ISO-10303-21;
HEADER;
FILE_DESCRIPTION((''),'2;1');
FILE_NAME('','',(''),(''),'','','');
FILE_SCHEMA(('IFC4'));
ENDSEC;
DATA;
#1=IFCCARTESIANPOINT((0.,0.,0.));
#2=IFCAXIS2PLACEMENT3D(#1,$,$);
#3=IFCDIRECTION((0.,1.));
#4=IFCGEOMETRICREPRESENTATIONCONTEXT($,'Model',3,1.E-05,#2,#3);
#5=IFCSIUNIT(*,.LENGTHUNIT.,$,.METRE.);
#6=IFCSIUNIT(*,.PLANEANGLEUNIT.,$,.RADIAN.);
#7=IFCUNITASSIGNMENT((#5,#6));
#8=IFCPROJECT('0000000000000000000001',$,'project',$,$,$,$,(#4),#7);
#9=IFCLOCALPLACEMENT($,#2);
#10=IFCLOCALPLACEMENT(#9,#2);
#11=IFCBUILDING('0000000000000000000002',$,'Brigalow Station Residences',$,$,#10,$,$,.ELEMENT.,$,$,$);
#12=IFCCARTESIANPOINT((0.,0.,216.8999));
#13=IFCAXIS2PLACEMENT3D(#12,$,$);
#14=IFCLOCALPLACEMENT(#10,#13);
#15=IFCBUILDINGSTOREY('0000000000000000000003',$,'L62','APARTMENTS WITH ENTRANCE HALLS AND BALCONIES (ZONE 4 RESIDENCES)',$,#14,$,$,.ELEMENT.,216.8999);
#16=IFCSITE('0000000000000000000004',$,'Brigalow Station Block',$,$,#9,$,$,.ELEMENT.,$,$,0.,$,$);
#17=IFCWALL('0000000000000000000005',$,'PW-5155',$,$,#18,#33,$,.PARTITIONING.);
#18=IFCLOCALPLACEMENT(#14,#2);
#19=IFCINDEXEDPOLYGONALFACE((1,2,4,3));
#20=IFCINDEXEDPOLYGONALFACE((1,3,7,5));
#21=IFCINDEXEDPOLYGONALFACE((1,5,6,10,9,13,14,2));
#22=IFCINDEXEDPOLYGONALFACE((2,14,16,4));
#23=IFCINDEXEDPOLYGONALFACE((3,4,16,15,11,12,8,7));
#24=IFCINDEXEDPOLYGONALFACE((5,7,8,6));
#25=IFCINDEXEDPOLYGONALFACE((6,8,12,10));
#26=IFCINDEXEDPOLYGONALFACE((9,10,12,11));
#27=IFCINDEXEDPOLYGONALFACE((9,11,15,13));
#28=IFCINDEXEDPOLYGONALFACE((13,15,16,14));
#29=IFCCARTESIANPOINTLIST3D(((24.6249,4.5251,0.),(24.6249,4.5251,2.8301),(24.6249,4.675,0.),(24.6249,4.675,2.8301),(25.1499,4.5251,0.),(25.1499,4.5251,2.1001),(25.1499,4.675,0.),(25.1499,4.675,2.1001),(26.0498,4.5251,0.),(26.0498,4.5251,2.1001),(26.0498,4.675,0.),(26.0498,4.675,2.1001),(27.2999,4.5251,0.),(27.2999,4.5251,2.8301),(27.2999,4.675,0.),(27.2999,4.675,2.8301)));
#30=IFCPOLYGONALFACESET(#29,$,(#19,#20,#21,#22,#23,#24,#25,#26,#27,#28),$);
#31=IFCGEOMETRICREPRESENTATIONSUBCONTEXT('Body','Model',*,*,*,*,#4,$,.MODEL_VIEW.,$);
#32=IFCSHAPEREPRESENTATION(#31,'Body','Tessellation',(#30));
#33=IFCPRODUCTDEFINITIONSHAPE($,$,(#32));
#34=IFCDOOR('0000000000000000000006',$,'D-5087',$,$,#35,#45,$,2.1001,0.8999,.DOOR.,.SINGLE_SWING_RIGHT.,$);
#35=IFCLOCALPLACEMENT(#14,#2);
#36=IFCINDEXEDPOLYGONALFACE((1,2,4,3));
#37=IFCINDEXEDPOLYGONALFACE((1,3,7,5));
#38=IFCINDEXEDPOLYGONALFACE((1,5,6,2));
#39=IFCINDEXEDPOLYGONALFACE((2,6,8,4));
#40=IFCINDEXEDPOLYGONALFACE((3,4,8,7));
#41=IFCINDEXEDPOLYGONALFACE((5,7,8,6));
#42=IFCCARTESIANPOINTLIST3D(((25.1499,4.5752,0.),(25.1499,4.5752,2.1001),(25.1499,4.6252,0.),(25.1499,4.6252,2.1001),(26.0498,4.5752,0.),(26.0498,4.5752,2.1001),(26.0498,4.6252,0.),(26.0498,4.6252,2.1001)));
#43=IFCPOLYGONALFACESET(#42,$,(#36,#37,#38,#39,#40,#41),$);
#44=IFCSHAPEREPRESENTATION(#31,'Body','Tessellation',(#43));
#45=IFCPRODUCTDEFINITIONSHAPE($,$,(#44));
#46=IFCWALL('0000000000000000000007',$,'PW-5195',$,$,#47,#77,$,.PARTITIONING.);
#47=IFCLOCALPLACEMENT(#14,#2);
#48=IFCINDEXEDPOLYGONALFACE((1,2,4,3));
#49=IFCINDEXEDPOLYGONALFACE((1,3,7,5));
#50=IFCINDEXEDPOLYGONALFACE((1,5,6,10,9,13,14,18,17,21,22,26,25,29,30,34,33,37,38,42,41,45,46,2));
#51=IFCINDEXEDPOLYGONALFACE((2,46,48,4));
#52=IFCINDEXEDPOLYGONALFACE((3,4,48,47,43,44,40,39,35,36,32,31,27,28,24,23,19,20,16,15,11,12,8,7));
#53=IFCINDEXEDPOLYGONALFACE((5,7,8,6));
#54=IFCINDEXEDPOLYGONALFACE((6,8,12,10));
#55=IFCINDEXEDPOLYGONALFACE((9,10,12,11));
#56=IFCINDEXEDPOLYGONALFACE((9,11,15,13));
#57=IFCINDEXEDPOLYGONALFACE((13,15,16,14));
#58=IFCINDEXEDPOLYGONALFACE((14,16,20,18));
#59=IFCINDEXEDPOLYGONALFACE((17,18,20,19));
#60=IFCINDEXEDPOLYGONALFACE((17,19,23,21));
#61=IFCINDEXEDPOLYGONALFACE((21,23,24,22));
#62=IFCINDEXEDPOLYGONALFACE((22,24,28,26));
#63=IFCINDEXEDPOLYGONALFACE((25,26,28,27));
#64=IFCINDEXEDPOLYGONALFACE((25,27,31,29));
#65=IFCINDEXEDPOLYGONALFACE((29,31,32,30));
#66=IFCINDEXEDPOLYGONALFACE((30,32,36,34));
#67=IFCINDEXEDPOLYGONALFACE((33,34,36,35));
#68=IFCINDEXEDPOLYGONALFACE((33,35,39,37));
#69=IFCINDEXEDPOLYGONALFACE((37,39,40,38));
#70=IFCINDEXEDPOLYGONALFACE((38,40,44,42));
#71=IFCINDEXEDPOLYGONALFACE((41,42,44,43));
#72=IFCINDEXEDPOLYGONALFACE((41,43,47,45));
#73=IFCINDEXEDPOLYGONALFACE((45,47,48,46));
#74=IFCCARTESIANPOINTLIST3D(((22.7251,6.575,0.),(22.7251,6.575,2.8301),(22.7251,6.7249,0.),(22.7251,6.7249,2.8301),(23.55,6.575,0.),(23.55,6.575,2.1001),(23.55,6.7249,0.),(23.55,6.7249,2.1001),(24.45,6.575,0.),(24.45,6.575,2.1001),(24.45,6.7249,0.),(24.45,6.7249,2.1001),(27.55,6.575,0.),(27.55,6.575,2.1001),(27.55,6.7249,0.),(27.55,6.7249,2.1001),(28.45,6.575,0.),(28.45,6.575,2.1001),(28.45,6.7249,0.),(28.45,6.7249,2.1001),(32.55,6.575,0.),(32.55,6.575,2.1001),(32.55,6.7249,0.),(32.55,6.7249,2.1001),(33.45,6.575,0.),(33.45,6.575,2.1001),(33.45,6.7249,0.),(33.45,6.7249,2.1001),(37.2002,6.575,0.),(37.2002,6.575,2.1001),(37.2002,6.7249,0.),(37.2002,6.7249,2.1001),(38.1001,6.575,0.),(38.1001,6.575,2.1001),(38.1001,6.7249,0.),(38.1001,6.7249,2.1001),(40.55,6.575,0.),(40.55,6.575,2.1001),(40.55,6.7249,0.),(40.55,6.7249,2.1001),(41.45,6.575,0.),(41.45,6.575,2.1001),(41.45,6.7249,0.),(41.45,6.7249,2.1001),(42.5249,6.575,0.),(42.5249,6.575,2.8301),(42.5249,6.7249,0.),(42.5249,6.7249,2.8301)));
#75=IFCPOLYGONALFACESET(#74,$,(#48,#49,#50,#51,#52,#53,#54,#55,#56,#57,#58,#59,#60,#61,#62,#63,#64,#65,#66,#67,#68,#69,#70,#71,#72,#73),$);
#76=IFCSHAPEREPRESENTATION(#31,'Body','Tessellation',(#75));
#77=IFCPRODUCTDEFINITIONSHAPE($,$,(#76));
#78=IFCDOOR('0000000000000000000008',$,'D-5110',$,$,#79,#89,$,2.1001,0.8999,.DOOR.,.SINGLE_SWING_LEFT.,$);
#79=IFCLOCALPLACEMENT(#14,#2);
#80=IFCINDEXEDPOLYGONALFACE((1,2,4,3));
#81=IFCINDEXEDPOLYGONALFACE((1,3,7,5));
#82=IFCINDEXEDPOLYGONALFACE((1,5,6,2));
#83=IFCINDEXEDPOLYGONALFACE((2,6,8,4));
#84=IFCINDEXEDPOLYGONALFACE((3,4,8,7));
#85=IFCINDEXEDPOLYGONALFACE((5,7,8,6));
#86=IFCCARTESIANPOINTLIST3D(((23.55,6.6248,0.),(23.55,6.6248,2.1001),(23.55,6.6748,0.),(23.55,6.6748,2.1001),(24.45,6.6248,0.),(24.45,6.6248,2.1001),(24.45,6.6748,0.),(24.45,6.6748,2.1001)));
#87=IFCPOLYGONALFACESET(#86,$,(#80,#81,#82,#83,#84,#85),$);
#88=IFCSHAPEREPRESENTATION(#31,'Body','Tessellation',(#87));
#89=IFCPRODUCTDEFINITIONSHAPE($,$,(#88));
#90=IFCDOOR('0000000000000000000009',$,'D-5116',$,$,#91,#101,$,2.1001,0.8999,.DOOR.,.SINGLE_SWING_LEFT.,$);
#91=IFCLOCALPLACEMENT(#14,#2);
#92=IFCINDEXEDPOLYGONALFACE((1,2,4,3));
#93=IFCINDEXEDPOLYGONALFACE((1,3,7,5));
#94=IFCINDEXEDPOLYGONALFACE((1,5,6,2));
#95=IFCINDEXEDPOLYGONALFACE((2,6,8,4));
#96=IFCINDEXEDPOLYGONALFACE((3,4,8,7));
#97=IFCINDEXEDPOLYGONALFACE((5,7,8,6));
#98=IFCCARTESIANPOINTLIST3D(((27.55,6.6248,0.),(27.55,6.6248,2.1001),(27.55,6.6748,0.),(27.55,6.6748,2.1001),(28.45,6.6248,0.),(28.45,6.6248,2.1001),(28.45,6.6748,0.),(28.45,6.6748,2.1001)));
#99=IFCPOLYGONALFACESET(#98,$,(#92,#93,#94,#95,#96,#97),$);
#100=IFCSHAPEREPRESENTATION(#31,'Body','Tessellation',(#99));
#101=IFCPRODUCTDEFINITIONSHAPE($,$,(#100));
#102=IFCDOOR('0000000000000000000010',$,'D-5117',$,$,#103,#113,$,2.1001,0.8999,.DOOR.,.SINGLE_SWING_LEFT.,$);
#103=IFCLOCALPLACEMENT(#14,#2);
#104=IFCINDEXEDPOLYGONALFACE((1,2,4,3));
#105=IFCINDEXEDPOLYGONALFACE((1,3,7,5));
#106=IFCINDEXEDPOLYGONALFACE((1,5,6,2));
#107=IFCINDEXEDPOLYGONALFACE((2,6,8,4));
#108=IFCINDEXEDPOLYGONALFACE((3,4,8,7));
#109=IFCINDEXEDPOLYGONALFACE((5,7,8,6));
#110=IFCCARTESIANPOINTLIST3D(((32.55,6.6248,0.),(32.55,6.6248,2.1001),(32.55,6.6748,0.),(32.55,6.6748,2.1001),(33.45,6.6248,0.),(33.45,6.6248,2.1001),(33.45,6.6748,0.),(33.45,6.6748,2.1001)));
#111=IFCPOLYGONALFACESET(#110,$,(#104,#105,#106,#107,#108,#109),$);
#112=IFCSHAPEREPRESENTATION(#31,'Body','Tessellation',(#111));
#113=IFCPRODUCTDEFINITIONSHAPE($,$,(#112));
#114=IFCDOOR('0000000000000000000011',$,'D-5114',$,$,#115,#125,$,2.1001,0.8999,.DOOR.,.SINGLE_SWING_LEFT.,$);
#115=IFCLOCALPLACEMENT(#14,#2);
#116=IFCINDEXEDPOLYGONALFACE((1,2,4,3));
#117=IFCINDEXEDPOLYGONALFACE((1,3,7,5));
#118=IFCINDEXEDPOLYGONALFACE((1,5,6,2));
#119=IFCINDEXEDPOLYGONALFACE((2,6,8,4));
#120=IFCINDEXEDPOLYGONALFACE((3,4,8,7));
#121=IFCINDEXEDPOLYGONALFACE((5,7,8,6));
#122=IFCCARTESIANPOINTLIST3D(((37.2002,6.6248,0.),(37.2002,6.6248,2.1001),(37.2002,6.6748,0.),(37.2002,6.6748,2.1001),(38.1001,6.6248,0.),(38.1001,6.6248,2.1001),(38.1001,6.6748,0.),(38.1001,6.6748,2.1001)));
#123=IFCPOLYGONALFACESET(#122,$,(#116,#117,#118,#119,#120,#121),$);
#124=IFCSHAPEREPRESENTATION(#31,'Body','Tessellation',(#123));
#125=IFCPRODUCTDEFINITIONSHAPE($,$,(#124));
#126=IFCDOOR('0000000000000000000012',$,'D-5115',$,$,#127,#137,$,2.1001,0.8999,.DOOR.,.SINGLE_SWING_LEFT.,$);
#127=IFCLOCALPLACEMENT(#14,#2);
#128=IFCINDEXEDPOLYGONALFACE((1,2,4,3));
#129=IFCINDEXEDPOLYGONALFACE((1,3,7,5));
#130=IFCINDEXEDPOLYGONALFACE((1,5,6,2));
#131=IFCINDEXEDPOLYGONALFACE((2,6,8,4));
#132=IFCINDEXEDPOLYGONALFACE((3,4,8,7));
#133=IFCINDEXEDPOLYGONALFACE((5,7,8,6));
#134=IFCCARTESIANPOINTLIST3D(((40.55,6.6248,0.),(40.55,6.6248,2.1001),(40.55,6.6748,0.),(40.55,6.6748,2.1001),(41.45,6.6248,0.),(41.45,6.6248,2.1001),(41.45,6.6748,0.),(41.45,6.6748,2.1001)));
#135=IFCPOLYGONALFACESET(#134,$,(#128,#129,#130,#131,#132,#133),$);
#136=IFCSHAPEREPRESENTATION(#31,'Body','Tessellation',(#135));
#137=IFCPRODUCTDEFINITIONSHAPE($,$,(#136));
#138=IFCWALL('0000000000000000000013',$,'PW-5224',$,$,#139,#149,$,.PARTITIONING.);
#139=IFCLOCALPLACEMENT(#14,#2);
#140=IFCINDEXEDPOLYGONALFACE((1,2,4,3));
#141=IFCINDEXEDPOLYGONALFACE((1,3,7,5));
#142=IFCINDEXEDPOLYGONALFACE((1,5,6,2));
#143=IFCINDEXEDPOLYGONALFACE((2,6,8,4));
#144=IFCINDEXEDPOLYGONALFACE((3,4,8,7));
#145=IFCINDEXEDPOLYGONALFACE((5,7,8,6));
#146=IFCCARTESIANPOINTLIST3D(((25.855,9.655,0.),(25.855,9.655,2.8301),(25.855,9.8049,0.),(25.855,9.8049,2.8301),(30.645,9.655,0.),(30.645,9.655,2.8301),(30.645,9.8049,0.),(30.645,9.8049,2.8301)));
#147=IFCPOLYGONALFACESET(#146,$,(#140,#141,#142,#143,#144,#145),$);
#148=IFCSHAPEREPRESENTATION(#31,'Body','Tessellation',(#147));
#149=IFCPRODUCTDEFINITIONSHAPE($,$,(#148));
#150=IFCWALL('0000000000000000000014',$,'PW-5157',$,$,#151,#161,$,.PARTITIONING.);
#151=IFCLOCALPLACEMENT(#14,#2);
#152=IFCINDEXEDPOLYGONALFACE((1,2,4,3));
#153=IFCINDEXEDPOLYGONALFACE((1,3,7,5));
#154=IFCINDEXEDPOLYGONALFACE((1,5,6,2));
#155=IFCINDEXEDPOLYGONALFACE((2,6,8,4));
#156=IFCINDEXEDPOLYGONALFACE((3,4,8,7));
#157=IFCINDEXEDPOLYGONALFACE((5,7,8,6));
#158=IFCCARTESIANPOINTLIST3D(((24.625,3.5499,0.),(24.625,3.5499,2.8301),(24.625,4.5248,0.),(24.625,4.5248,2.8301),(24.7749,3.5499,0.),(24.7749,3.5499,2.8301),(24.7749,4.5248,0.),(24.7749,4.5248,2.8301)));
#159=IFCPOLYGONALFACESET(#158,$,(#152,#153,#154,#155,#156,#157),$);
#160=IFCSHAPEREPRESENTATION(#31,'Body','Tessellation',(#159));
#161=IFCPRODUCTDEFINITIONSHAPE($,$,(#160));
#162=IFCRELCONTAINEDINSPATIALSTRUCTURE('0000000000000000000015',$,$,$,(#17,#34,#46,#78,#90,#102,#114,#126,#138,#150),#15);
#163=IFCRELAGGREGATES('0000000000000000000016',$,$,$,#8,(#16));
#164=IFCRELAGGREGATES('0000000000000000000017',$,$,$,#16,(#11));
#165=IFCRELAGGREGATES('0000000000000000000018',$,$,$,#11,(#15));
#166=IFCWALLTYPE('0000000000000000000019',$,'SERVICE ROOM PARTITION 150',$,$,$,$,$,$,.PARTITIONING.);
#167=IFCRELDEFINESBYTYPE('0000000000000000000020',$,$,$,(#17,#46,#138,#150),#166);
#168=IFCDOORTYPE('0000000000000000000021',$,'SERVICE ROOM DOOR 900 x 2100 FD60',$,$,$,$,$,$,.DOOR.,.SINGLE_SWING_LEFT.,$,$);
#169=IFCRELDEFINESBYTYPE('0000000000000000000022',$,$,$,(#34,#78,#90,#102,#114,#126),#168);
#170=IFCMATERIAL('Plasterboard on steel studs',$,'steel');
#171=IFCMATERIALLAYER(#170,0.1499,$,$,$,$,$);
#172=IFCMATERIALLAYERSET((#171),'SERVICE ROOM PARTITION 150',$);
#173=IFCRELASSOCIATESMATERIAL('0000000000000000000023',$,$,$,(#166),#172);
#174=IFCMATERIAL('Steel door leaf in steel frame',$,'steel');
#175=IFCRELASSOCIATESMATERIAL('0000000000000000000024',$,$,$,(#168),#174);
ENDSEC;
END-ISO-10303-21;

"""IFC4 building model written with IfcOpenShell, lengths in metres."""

from ifc_helpers import new_model, si_unit, direction, frame, frame_2d, origin, place, context, subcontext, project, spatial, rectangle, extrude, material, layer, layer_set, type_object, element, fill, save


model = new_model("IFC4")

# Units and contexts
model_context = context("Model", 3, precision=1e-05, world=origin(), true_north=direction((0.0, 1.0)))
body_context = subcontext(model_context, "Body", "Model", "MODEL_VIEW")
ifc_project = project(units=[si_unit("LENGTHUNIT", "METRE"), si_unit("PLANEANGLEUNIT", "RADIAN")], contexts=[model_context])

# Site, building, storey
site_placement = place(None, origin())
site = spatial("IfcSite", under=ifc_project, at=site_placement, Name="Brigalow Station Block", CompositionType="ELEMENT", RefElevation=0.0)
building_placement = place(site_placement, origin())
building = spatial("IfcBuilding", under=site, at=building_placement, Name="Brigalow Station Residences", CompositionType="ELEMENT")
storey_placement = place(building_placement, frame((0.0, 0.0, 216.8999)))
storey = spatial("IfcBuildingStorey", under=building, at=storey_placement, Name="L62", Description="APARTMENTS WITH ENTRANCE HALLS AND BALCONIES (ZONE 4 RESIDENCES)", CompositionType="ELEMENT", Elevation=216.8999)

# Wall, opening, door
ifc_material_1 = material(Name="Plasterboard on steel studs", Category="steel")
ifc_layer = layer(ifc_material_1, 0.1499)
ifc_layer_set = layer_set([ifc_layer], Name="SERVICE ROOM PARTITION 150")
wall_type = type_object("IfcWallType", Name="SERVICE ROOM PARTITION 150", PredefinedType="PARTITIONING", material=ifc_layer_set)
wall_1_placement = place(storey_placement, frame((24.625, 4.6001, 0.0), z_axis=(0.0, 0.0, 1.0), x_axis=(1.0, 0.0, 0.0)))
wall_1 = element("IfcWall", 1, at=wall_1_placement, inside=storey, type_object=wall_type, Name="PW-5155", PredefinedType="PARTITIONING", context=body_context, shape_type="SweptSolid", body=[
    extrude(rectangle(XDim=2.675, YDim=0.1499, at=frame_2d((1.3374, 0.0))), origin(), (0.0, 0.0, 1.0), 2.8301),
])
opening_1_placement = place(wall_1_placement, frame((0.5249, 0.0, 0.0)))
opening_1 = element("IfcOpeningElement", 2, at=opening_1_placement, cuts=wall_1, PredefinedType="OPENING", context=body_context, shape_type="SweptSolid", body=[
    extrude(rectangle(XDim=0.8999, YDim=2.1001, at=frame_2d((0.45, 1.05))), frame((0.0, 0.085, 0.0), z_axis=(0.0, -1.0, 0.0), x_axis=(1.0, 0.0, 0.0)), (0.0, 0.0, 1.0), 0.1699),
])
ifc_material_2 = material(Name="Steel door leaf in steel frame", Category="steel")
door_type = type_object("IfcDoorType", Name="SERVICE ROOM DOOR 900 x 2100 FD60", OperationType="SINGLE_SWING_LEFT", PredefinedType="DOOR", material=ifc_material_2)
door_1_placement = place(opening_1_placement, frame((0.8999, 0.0, 0.0), z_axis=(0.0, 0.0, 1.0), x_axis=(-1.0, 0.0, 0.0)))
door_1 = element("IfcDoor", 3, at=door_1_placement, inside=storey, type_object=door_type, Name="D-5087", OperationType="SINGLE_SWING_RIGHT", OverallHeight=2.1001, OverallWidth=0.8999, PredefinedType="DOOR", context=body_context, shape_type="SweptSolid", body=[
    extrude(rectangle(XDim=0.8999, YDim=2.1001, at=frame_2d((0.45, 1.05))), frame((0.0, 0.0249, 0.0), z_axis=(0.0, -1.0, 0.0), x_axis=(1.0, 0.0, 0.0)), (0.0, 0.0, 1.0), 0.05),
])
fill(opening_1, door_1)

# Wall, openings, doors
wall_2_placement = place(storey_placement, frame((22.7251, 6.6499, 0.0), z_axis=(0.0, 0.0, 1.0), x_axis=(1.0, 0.0, 0.0)))
wall_2 = element("IfcWall", 4, at=wall_2_placement, inside=storey, type_object=wall_type, Name="PW-5195", PredefinedType="PARTITIONING", context=body_context, shape_type="SweptSolid", body=[
    extrude(rectangle(XDim=19.7998, YDim=0.1499, at=frame_2d((9.8999, 0.0))), origin(), (0.0, 0.0, 1.0), 2.8301),
])
opening_2_placement = place(wall_2_placement, frame((0.825, 0.0, 0.0)))
opening_2 = element("IfcOpeningElement", 5, at=opening_2_placement, cuts=wall_2, PredefinedType="OPENING", context=body_context, shape_type="SweptSolid", body=[
    extrude(rectangle(XDim=0.8999, YDim=2.1001, at=frame_2d((0.45, 1.05))), frame((0.0, 0.085, 0.0), z_axis=(0.0, -1.0, 0.0), x_axis=(1.0, 0.0, 0.0)), (0.0, 0.0, 1.0), 0.1699),
])
opening_3_placement = place(wall_2_placement, frame((4.825, 0.0, 0.0)))
opening_3 = element("IfcOpeningElement", 6, at=opening_3_placement, cuts=wall_2, PredefinedType="OPENING", context=body_context, shape_type="SweptSolid", body=[
    extrude(rectangle(XDim=0.8999, YDim=2.1001, at=frame_2d((0.45, 1.05))), frame((0.0, 0.085, 0.0), z_axis=(0.0, -1.0, 0.0), x_axis=(1.0, 0.0, 0.0)), (0.0, 0.0, 1.0), 0.1699),
])
opening_4_placement = place(wall_2_placement, frame((9.825, 0.0, 0.0)))
opening_4 = element("IfcOpeningElement", 7, at=opening_4_placement, cuts=wall_2, PredefinedType="OPENING", context=body_context, shape_type="SweptSolid", body=[
    extrude(rectangle(XDim=0.8999, YDim=2.1001, at=frame_2d((0.45, 1.05))), frame((0.0, 0.085, 0.0), z_axis=(0.0, -1.0, 0.0), x_axis=(1.0, 0.0, 0.0)), (0.0, 0.0, 1.0), 0.1699),
])
opening_5_placement = place(wall_2_placement, frame((14.4751, 0.0, 0.0)))
opening_5 = element("IfcOpeningElement", 8, at=opening_5_placement, cuts=wall_2, PredefinedType="OPENING", context=body_context, shape_type="SweptSolid", body=[
    extrude(rectangle(XDim=0.8999, YDim=2.1001, at=frame_2d((0.45, 1.05))), frame((0.0, 0.085, 0.0), z_axis=(0.0, -1.0, 0.0), x_axis=(1.0, 0.0, 0.0)), (0.0, 0.0, 1.0), 0.1699),
])
opening_6_placement = place(wall_2_placement, frame((17.825, 0.0, 0.0)))
opening_6 = element("IfcOpeningElement", 9, at=opening_6_placement, cuts=wall_2, PredefinedType="OPENING", context=body_context, shape_type="SweptSolid", body=[
    extrude(rectangle(XDim=0.8999, YDim=2.1001, at=frame_2d((0.45, 1.05))), frame((0.0, 0.085, 0.0), z_axis=(0.0, -1.0, 0.0), x_axis=(1.0, 0.0, 0.0)), (0.0, 0.0, 1.0), 0.1699),
])
door_2_placement = place(opening_2_placement, origin())
door_2 = element("IfcDoor", 10, at=door_2_placement, inside=storey, type_object=door_type, Name="D-5110", OperationType="SINGLE_SWING_LEFT", OverallHeight=2.1001, OverallWidth=0.8999, PredefinedType="DOOR", context=body_context, shape_type="SweptSolid", body=[
    extrude(rectangle(XDim=0.8999, YDim=2.1001, at=frame_2d((0.45, 1.05))), frame((0.0, 0.0249, 0.0), z_axis=(0.0, -1.0, 0.0), x_axis=(1.0, 0.0, 0.0)), (0.0, 0.0, 1.0), 0.05),
])
fill(opening_2, door_2)
door_3_placement = place(opening_3_placement, origin())
door_3 = element("IfcDoor", 11, at=door_3_placement, inside=storey, type_object=door_type, Name="D-5116", OperationType="SINGLE_SWING_LEFT", OverallHeight=2.1001, OverallWidth=0.8999, PredefinedType="DOOR", context=body_context, shape_type="SweptSolid", body=[
    extrude(rectangle(XDim=0.8999, YDim=2.1001, at=frame_2d((0.45, 1.05))), frame((0.0, 0.0249, 0.0), z_axis=(0.0, -1.0, 0.0), x_axis=(1.0, 0.0, 0.0)), (0.0, 0.0, 1.0), 0.05),
])
fill(opening_3, door_3)
door_4_placement = place(opening_4_placement, origin())
door_4 = element("IfcDoor", 12, at=door_4_placement, inside=storey, type_object=door_type, Name="D-5117", OperationType="SINGLE_SWING_LEFT", OverallHeight=2.1001, OverallWidth=0.8999, PredefinedType="DOOR", context=body_context, shape_type="SweptSolid", body=[
    extrude(rectangle(XDim=0.8999, YDim=2.1001, at=frame_2d((0.45, 1.05))), frame((0.0, 0.0249, 0.0), z_axis=(0.0, -1.0, 0.0), x_axis=(1.0, 0.0, 0.0)), (0.0, 0.0, 1.0), 0.05),
])
fill(opening_4, door_4)
door_5_placement = place(opening_5_placement, origin())
door_5 = element("IfcDoor", 13, at=door_5_placement, inside=storey, type_object=door_type, Name="D-5114", OperationType="SINGLE_SWING_LEFT", OverallHeight=2.1001, OverallWidth=0.8999, PredefinedType="DOOR", context=body_context, shape_type="SweptSolid", body=[
    extrude(rectangle(XDim=0.8999, YDim=2.1001, at=frame_2d((0.45, 1.05))), frame((0.0, 0.0249, 0.0), z_axis=(0.0, -1.0, 0.0), x_axis=(1.0, 0.0, 0.0)), (0.0, 0.0, 1.0), 0.05),
])
fill(opening_5, door_5)
door_6_placement = place(opening_6_placement, origin())
door_6 = element("IfcDoor", 14, at=door_6_placement, inside=storey, type_object=door_type, Name="D-5115", OperationType="SINGLE_SWING_LEFT", OverallHeight=2.1001, OverallWidth=0.8999, PredefinedType="DOOR", context=body_context, shape_type="SweptSolid", body=[
    extrude(rectangle(XDim=0.8999, YDim=2.1001, at=frame_2d((0.45, 1.05))), frame((0.0, 0.0249, 0.0), z_axis=(0.0, -1.0, 0.0), x_axis=(1.0, 0.0, 0.0)), (0.0, 0.0, 1.0), 0.05),
])
fill(opening_6, door_6)

# Walls
wall_3_placement = place(storey_placement, frame((25.855, 9.73, 0.0), z_axis=(0.0, 0.0, 1.0), x_axis=(1.0, 0.0, 0.0)))
element("IfcWall", 15, at=wall_3_placement, inside=storey, type_object=wall_type, Name="PW-5224", PredefinedType="PARTITIONING", context=body_context, shape_type="SweptSolid", body=[
    extrude(rectangle(XDim=4.79, YDim=0.1499, at=frame_2d((2.395, 0.0))), origin(), (0.0, 0.0, 1.0), 2.8301),
])
wall_4_placement = place(storey_placement, frame((24.7, 3.55, 0.0), z_axis=(0.0, 0.0, 1.0), x_axis=(0.0, 1.0, 0.0)))
element("IfcWall", 16, at=wall_4_placement, inside=storey, type_object=wall_type, Name="PW-5157", PredefinedType="PARTITIONING", context=body_context, shape_type="SweptSolid", body=[
    extrude(rectangle(XDim=0.9749, YDim=0.1499, at=frame_2d((0.4873, 0.0))), origin(), (0.0, 0.0, 1.0), 2.8301),
])

save(model, "model.ifc")
